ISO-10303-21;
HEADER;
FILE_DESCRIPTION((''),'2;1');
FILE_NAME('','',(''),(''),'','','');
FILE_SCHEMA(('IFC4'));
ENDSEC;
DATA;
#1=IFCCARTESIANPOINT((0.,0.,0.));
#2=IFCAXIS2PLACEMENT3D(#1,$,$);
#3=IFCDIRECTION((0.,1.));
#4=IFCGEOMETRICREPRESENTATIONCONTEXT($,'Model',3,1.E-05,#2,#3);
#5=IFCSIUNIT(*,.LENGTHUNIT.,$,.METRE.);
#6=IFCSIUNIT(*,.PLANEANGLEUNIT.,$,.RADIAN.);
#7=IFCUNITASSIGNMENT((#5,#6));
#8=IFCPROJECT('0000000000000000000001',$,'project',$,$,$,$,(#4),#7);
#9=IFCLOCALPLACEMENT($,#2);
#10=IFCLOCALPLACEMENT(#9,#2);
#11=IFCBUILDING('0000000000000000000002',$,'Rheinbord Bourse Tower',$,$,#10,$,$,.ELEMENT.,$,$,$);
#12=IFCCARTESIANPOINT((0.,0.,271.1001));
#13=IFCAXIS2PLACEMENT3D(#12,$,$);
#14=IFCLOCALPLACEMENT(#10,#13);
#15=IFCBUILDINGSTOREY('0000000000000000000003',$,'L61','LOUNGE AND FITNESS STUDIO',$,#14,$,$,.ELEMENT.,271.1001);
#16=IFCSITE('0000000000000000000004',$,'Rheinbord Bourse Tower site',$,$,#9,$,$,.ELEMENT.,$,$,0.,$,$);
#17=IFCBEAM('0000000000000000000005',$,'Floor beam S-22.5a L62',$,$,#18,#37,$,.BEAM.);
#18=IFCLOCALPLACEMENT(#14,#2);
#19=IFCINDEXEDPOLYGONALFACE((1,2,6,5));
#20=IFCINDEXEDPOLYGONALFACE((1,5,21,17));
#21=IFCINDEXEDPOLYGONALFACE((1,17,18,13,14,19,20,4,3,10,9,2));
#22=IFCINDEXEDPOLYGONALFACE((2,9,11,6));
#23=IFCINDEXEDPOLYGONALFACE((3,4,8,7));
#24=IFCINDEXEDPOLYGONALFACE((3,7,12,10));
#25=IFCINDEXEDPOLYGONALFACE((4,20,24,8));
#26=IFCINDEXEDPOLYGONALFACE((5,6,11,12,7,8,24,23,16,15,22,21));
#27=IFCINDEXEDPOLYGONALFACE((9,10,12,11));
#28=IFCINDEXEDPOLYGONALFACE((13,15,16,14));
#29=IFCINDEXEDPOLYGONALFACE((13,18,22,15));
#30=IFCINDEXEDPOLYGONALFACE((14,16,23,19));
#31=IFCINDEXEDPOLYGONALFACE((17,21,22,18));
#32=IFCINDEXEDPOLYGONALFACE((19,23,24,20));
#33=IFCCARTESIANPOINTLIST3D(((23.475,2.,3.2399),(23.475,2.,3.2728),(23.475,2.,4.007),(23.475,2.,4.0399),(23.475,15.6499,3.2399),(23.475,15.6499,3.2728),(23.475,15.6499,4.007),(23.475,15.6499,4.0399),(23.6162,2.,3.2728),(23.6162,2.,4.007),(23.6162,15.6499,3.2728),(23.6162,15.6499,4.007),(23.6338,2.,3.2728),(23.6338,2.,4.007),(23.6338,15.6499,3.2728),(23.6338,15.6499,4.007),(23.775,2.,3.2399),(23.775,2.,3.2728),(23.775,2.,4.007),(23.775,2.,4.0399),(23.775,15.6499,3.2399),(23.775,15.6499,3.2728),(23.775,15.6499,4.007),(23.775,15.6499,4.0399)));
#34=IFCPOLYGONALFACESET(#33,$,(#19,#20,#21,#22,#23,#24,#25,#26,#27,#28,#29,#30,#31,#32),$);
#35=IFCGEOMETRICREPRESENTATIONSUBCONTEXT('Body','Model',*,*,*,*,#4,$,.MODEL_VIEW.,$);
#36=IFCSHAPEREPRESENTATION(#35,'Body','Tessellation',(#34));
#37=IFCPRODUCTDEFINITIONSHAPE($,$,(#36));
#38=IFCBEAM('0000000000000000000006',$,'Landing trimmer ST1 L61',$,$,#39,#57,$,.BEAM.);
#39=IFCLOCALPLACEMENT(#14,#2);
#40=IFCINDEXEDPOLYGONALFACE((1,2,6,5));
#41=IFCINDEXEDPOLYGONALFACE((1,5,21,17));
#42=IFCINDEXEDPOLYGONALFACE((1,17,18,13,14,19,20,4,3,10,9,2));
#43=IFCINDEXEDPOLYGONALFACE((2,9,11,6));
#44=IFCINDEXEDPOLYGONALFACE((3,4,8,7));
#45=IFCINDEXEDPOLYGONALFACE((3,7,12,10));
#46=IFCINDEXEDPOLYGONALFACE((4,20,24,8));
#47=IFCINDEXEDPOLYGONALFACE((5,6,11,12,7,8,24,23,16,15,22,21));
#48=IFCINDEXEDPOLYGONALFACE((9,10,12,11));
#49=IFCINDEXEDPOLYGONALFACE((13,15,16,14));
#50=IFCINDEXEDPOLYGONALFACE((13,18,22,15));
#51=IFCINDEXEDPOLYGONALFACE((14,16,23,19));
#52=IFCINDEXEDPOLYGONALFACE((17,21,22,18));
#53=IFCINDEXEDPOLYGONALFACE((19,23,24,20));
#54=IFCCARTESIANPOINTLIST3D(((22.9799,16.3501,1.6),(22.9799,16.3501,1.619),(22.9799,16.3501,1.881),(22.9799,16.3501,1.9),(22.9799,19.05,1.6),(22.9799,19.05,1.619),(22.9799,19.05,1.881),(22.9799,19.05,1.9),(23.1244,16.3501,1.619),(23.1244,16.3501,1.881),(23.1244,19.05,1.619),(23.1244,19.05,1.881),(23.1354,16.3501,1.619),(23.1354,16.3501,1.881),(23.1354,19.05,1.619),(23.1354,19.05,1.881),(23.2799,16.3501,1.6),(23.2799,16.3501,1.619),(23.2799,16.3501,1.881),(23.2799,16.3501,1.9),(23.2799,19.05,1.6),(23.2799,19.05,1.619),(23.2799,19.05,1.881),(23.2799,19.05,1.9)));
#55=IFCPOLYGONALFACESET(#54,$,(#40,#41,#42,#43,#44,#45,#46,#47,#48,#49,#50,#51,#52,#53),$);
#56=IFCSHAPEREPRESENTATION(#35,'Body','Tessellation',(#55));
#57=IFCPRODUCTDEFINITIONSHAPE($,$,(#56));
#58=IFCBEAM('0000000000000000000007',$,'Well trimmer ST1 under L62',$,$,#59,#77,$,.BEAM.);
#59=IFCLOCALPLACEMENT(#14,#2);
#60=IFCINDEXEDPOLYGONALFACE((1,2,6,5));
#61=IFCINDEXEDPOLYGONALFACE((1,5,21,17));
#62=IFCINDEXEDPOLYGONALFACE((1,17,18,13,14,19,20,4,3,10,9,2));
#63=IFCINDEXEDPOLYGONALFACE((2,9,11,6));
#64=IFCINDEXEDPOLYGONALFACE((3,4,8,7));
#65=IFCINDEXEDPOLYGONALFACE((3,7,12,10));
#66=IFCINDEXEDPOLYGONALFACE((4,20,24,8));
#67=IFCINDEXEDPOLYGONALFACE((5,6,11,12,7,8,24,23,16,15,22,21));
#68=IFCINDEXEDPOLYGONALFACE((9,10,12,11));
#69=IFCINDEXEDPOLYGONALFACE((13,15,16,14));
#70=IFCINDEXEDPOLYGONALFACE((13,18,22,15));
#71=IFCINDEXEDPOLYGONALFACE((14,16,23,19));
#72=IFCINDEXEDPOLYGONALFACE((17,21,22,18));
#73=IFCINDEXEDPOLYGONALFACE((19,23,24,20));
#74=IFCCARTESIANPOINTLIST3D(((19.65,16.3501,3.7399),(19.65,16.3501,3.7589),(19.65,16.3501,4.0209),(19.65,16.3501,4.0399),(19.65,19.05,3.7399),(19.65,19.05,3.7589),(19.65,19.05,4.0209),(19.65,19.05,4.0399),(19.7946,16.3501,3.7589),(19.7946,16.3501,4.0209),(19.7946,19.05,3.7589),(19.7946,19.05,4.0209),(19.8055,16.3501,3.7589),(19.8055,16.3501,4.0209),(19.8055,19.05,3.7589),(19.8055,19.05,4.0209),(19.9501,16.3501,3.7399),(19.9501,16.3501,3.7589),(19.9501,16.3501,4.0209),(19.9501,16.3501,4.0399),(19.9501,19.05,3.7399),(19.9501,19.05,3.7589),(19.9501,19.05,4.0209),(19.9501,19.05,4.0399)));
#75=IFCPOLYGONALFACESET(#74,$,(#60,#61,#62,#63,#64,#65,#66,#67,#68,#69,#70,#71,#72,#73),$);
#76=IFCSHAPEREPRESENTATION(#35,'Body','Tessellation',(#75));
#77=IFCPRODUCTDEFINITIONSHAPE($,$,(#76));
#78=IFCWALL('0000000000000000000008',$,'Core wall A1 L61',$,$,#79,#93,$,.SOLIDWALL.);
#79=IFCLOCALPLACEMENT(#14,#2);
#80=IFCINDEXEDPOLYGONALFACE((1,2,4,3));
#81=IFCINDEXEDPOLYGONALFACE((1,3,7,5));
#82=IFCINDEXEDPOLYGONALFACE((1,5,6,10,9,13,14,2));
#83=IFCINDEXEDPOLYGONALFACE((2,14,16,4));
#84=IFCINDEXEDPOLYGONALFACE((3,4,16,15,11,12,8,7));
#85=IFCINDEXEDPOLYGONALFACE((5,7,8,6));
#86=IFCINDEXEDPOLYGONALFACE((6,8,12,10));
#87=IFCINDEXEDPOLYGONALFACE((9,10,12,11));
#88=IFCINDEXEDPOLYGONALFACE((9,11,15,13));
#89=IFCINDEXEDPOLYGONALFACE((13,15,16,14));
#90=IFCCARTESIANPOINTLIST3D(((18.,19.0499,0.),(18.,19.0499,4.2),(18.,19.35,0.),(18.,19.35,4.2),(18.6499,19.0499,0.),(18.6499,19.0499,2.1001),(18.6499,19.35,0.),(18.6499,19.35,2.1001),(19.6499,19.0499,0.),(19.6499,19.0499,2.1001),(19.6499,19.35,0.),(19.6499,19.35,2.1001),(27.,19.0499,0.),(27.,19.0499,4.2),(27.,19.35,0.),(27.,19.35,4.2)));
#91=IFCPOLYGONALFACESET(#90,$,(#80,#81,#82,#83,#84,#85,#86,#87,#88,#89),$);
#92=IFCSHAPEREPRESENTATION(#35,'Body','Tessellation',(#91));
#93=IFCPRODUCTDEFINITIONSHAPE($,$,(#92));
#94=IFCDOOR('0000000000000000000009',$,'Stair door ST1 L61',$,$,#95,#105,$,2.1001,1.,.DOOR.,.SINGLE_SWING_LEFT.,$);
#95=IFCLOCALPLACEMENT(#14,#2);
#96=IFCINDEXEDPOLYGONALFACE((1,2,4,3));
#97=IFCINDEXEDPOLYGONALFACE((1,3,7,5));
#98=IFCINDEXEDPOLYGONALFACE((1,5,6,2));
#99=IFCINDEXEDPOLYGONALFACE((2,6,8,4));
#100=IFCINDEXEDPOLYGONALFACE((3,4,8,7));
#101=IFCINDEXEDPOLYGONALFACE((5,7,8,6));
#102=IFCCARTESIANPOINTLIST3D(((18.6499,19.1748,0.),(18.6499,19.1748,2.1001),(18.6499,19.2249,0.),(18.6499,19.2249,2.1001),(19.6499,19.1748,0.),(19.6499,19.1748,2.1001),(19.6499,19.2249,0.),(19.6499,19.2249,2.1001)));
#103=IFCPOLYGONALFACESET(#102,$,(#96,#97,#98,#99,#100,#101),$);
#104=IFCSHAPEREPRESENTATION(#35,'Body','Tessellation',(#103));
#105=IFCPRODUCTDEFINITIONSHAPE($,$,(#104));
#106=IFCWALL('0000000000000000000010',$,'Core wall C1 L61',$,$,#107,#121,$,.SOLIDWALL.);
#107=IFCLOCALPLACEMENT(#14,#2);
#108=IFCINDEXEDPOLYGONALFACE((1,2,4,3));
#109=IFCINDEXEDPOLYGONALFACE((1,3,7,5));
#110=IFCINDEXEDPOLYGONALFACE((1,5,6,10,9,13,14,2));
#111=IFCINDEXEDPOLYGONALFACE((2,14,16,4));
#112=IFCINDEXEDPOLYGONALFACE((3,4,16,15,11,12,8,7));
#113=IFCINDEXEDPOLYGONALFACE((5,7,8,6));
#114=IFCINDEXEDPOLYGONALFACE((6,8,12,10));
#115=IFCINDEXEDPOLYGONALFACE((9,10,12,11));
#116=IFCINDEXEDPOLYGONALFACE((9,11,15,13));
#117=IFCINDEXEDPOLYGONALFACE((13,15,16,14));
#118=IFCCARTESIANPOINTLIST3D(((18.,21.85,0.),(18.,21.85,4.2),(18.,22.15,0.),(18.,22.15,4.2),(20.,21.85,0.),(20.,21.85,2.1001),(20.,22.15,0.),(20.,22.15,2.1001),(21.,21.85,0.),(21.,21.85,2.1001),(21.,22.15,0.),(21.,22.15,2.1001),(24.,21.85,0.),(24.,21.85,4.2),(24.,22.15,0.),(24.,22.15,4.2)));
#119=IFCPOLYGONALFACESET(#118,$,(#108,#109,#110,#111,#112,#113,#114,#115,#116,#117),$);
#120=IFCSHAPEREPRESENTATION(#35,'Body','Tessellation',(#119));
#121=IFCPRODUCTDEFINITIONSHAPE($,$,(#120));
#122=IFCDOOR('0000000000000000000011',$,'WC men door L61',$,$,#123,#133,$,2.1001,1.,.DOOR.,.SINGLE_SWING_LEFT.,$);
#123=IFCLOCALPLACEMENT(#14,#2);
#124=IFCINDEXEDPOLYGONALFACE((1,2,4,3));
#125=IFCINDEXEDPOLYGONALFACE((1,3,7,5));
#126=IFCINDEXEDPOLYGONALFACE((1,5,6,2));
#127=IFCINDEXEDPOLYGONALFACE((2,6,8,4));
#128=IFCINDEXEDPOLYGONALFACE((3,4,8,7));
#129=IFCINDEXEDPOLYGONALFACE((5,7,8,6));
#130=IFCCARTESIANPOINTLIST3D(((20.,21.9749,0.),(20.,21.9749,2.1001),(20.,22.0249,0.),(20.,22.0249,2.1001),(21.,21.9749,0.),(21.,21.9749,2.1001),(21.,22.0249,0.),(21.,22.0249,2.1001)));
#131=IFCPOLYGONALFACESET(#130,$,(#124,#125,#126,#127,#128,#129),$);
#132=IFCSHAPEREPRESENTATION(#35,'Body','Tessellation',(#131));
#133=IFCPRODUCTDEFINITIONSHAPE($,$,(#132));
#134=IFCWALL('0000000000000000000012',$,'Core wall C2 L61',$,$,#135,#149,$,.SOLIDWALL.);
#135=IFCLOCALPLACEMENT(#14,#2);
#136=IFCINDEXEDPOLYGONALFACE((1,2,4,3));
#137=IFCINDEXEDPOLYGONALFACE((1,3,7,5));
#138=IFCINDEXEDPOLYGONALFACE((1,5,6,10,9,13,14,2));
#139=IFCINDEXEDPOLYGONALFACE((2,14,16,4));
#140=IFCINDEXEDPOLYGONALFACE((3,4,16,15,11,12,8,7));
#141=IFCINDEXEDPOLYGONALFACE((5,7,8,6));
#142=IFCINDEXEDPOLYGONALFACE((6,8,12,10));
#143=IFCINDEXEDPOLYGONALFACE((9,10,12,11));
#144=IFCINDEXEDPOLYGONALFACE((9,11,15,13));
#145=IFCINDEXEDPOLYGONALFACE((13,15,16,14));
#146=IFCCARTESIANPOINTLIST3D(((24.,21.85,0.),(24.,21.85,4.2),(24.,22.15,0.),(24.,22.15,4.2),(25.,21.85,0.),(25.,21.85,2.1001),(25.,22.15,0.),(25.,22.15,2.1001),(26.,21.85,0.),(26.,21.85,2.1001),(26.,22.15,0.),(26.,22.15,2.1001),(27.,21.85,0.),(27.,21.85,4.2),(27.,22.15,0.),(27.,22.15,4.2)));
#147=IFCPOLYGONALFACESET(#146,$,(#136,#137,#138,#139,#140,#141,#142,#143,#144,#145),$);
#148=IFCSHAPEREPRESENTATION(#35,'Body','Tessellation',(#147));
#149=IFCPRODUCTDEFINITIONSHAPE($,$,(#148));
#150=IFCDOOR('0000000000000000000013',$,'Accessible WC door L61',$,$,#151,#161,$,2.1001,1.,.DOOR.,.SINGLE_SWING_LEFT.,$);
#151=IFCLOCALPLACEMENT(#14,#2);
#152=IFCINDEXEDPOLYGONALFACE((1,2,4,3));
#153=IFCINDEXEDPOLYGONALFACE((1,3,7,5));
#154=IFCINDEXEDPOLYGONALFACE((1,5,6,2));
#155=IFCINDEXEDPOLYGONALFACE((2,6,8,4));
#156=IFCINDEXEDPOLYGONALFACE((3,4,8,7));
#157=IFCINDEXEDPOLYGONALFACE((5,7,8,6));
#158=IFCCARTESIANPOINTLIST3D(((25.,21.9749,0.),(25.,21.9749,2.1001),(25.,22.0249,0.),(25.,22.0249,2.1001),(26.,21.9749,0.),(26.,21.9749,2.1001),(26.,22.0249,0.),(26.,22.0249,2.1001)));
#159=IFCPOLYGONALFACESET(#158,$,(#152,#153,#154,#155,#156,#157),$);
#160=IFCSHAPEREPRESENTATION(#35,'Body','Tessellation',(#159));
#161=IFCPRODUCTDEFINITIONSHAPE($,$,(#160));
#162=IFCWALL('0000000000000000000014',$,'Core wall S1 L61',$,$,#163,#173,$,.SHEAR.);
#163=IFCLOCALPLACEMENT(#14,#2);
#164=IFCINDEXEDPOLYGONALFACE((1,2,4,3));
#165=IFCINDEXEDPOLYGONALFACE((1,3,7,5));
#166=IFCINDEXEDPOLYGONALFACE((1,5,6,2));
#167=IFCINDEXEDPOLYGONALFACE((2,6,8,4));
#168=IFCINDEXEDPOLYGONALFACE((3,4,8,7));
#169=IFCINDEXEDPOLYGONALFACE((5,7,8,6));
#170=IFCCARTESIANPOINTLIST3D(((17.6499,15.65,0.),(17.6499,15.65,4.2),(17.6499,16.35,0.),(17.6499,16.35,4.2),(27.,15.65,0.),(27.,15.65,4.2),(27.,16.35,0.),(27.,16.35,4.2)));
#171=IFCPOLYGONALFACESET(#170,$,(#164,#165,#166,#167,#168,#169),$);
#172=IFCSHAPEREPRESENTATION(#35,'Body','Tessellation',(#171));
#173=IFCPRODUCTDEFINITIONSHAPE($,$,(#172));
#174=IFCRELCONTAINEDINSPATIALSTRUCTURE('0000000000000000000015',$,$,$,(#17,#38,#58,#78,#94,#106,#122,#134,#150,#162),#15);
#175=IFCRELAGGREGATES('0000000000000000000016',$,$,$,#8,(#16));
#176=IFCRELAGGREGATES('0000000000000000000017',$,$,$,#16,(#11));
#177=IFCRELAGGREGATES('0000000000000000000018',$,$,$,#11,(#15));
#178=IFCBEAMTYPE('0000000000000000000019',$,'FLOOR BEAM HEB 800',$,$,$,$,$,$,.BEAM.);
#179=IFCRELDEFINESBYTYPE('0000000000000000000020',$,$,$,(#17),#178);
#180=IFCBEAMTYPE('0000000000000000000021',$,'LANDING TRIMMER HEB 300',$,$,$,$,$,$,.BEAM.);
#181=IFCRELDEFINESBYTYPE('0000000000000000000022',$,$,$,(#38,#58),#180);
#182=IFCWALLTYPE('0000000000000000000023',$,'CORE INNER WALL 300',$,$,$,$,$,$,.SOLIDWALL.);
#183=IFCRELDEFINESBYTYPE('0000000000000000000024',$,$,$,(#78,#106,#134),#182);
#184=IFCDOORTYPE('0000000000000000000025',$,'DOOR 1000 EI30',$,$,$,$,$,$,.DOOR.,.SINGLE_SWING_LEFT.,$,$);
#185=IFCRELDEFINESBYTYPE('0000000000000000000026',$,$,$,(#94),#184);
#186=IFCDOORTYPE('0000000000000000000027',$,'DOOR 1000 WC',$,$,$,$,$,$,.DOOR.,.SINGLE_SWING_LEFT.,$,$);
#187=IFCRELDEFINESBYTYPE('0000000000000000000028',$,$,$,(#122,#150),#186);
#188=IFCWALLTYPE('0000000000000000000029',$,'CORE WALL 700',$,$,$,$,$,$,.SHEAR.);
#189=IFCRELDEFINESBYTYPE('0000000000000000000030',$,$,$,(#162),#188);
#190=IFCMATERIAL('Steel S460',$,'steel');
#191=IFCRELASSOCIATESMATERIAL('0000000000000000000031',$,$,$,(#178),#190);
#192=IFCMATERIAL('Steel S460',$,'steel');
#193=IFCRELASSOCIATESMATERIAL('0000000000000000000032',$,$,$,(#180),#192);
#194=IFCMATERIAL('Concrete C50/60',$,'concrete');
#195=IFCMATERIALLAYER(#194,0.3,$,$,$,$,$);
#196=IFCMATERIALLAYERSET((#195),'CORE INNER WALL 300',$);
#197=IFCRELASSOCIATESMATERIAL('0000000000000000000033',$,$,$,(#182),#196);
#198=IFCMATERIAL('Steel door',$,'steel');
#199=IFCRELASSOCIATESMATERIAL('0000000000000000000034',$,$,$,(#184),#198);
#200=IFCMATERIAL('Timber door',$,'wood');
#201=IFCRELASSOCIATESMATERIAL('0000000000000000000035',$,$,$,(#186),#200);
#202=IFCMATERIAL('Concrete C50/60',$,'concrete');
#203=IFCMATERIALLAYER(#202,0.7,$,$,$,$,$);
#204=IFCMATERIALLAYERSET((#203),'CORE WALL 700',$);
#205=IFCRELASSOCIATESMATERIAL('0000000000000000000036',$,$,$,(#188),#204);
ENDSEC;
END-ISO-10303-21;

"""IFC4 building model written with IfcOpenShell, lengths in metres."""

from ifc_helpers import new_model, si_unit, direction, frame, frame_2d, origin, origin_2d, place, context, subcontext, project, spatial, rectangle, i_section, extrude, material, layer, layer_set, material_profile, profile_set, type_object, element, fill, save


model = new_model("IFC4")

# Units and contexts
model_context = context("Model", 3, precision=1e-05, world=origin(), true_north=direction((0.0, 1.0)))
body_context = subcontext(model_context, "Body", "Model", "MODEL_VIEW")
ifc_project = project(units=[si_unit("LENGTHUNIT", "METRE"), si_unit("PLANEANGLEUNIT", "RADIAN")], contexts=[model_context])

# Site, building, storey
site_placement = place(None, origin())
site = spatial("IfcSite", under=ifc_project, at=site_placement, Name="Rheinbord Bourse Tower site", CompositionType="ELEMENT", RefElevation=0.0)
building_placement = place(site_placement, origin())
building = spatial("IfcBuilding", under=site, at=building_placement, Name="Rheinbord Bourse Tower", CompositionType="ELEMENT")
storey_placement = place(building_placement, frame((0.0, 0.0, 271.1001)))
storey = spatial("IfcBuildingStorey", under=building, at=storey_placement, Name="L61", Description="LOUNGE AND FITNESS STUDIO", CompositionType="ELEMENT", Elevation=271.1001)

# Beams
ifc_material_1 = material(Name="Steel S460", Category="steel")
ifc_material_profile_1 = material_profile(ifc_material_1, i_section(OverallWidth=0.3, OverallDepth=0.8, WebThickness=0.0176, FlangeThickness=0.033, at=origin_2d()), Name="HEB 800")
ifc_profile_set_1 = profile_set([ifc_material_profile_1], Name="Steel S460")
beam_type_1 = type_object("IfcBeamType", Name="FLOOR BEAM HEB 800", PredefinedType="BEAM", material=ifc_profile_set_1)
beam_placement = place(storey_placement, frame((23.625, 2.0, 3.6399), z_axis=(0.0, 1.0, 0.0), x_axis=(-1.0, 0.0, 0.0)))
element("IfcBeam", 1, at=beam_placement, inside=storey, type_object=beam_type_1, Name="Floor beam S-22.5a L62", PredefinedType="BEAM", context=body_context, shape_type="SweptSolid", body=[
    extrude(i_section(OverallWidth=0.3, OverallDepth=0.8, WebThickness=0.0176, FlangeThickness=0.033, at=origin_2d()), origin(), (0.0, 0.0, 1.0), 13.6499),
])
ifc_material_2 = material(Name="Steel S460", Category="steel")
ifc_material_profile_2 = material_profile(ifc_material_2, i_section(OverallWidth=0.3, OverallDepth=0.3, WebThickness=0.011, FlangeThickness=0.019, at=origin_2d()), Name="HEB 300")
ifc_profile_set_2 = profile_set([ifc_material_profile_2], Name="Steel S460")
beam_type_2 = type_object("IfcBeamType", Name="LANDING TRIMMER HEB 300", PredefinedType="BEAM", material=ifc_profile_set_2)
for number, where, z_axis, x_axis, name in (
    (2, (23.1299, 16.3501, 1.75), (0.0, 1.0, 0.0), (-1.0, 0.0, 0.0), "Landing trimmer ST1 L61"),
    (3, (19.8, 16.3501, 3.8899), (0.0, 1.0, 0.0), (-1.0, 0.0, 0.0), "Well trimmer ST1 under L62"),
):
    element("IfcBeam", number, at=place(storey_placement, frame(where, z_axis=z_axis, x_axis=x_axis)), inside=storey, type_object=beam_type_2, Name=name, PredefinedType="BEAM", context=body_context, shape_type="SweptSolid", body=[
        extrude(i_section(OverallWidth=0.3, OverallDepth=0.3, WebThickness=0.011, FlangeThickness=0.019, at=origin_2d()), origin(), (0.0, 0.0, 1.0), 2.7),
    ])

# Walls, openings, doors
ifc_material_3 = material(Name="Concrete C50/60", Category="concrete")
ifc_layer_1 = layer(ifc_material_3, 0.3)
ifc_layer_set_1 = layer_set([ifc_layer_1], Name="CORE INNER WALL 300")
wall_type_1 = type_object("IfcWallType", Name="CORE INNER WALL 300", PredefinedType="SOLIDWALL", material=ifc_layer_set_1)
wall_1_placement = place(storey_placement, frame((18.0, 19.2, 0.0), z_axis=(0.0, 0.0, 1.0), x_axis=(1.0, 0.0, 0.0)))
wall_1 = element("IfcWall", 4, at=wall_1_placement, inside=storey, type_object=wall_type_1, Name="Core wall A1 L61", PredefinedType="SOLIDWALL", context=body_context, shape_type="SweptSolid", body=[
    extrude(rectangle(XDim=9.0, YDim=0.3, at=frame_2d((4.5, 0.0))), origin(), (0.0, 0.0, 1.0), 4.2),
])
opening_1_placement = place(wall_1_placement, frame((0.6499, 0.0, 0.0)))
opening_1 = element("IfcOpeningElement", 5, at=opening_1_placement, cuts=wall_1, PredefinedType="OPENING", context=body_context, shape_type="SweptSolid", body=[
    extrude(rectangle(XDim=1.0, YDim=2.1001, at=frame_2d((0.5, 1.05))), frame((0.0, 0.1599, 0.0), z_axis=(0.0, -1.0, 0.0), x_axis=(1.0, 0.0, 0.0)), (0.0, 0.0, 1.0), 0.3201),
])
ifc_material_4 = material(Name="Steel door", Category="steel")
door_type_1 = type_object("IfcDoorType", Name="DOOR 1000 EI30", OperationType="SINGLE_SWING_LEFT", PredefinedType="DOOR", material=ifc_material_4)
door_1_placement = place(opening_1_placement, origin())
door_1 = element("IfcDoor", 6, at=door_1_placement, inside=storey, type_object=door_type_1, Name="Stair door ST1 L61", OperationType="SINGLE_SWING_LEFT", OverallHeight=2.1001, OverallWidth=1.0, PredefinedType="DOOR", context=body_context, shape_type="SweptSolid", body=[
    extrude(rectangle(XDim=1.0, YDim=2.1001, at=frame_2d((0.5, 1.05))), frame((0.0, 0.0249, 0.0), z_axis=(0.0, -1.0, 0.0), x_axis=(1.0, 0.0, 0.0)), (0.0, 0.0, 1.0), 0.05),
])
fill(opening_1, door_1)
wall_2_placement = place(storey_placement, frame((18.0, 22.0, 0.0), z_axis=(0.0, 0.0, 1.0), x_axis=(1.0, 0.0, 0.0)))
wall_2 = element("IfcWall", 7, at=wall_2_placement, inside=storey, type_object=wall_type_1, Name="Core wall C1 L61", PredefinedType="SOLIDWALL", context=body_context, shape_type="SweptSolid", body=[
    extrude(rectangle(XDim=6.0, YDim=0.3, at=frame_2d((3.0, 0.0))), origin(), (0.0, 0.0, 1.0), 4.2),
])
opening_2_placement = place(wall_2_placement, frame((2.0, 0.0, 0.0)))
opening_2 = element("IfcOpeningElement", 8, at=opening_2_placement, cuts=wall_2, PredefinedType="OPENING", context=body_context, shape_type="SweptSolid", body=[
    extrude(rectangle(XDim=1.0, YDim=2.1001, at=frame_2d((0.5, 1.05))), frame((0.0, 0.1599, 0.0), z_axis=(0.0, -1.0, 0.0), x_axis=(1.0, 0.0, 0.0)), (0.0, 0.0, 1.0), 0.3201),
])
ifc_material_5 = material(Name="Timber door", Category="wood")
door_type_2 = type_object("IfcDoorType", Name="DOOR 1000 WC", OperationType="SINGLE_SWING_LEFT", PredefinedType="DOOR", material=ifc_material_5)
door_2_placement = place(opening_2_placement, origin())
door_2 = element("IfcDoor", 9, at=door_2_placement, inside=storey, type_object=door_type_2, Name="WC men door L61", OperationType="SINGLE_SWING_LEFT", OverallHeight=2.1001, OverallWidth=1.0, PredefinedType="DOOR", context=body_context, shape_type="SweptSolid", body=[
    extrude(rectangle(XDim=1.0, YDim=2.1001, at=frame_2d((0.5, 1.05))), frame((0.0, 0.0249, 0.0), z_axis=(0.0, -1.0, 0.0), x_axis=(1.0, 0.0, 0.0)), (0.0, 0.0, 1.0), 0.05),
])
fill(opening_2, door_2)
wall_3_placement = place(storey_placement, frame((24.0, 22.0, 0.0), z_axis=(0.0, 0.0, 1.0), x_axis=(1.0, 0.0, 0.0)))
wall_3 = element("IfcWall", 10, at=wall_3_placement, inside=storey, type_object=wall_type_1, Name="Core wall C2 L61", PredefinedType="SOLIDWALL", context=body_context, shape_type="SweptSolid", body=[
    extrude(rectangle(XDim=3.0, YDim=0.3, at=frame_2d((1.5, 0.0))), origin(), (0.0, 0.0, 1.0), 4.2),
])
opening_3_placement = place(wall_3_placement, frame((1.0, 0.0, 0.0)))
opening_3 = element("IfcOpeningElement", 11, at=opening_3_placement, cuts=wall_3, PredefinedType="OPENING", context=body_context, shape_type="SweptSolid", body=[
    extrude(rectangle(XDim=1.0, YDim=2.1001, at=frame_2d((0.5, 1.05))), frame((0.0, 0.1599, 0.0), z_axis=(0.0, -1.0, 0.0), x_axis=(1.0, 0.0, 0.0)), (0.0, 0.0, 1.0), 0.3201),
])
door_3_placement = place(opening_3_placement, origin())
door_3 = element("IfcDoor", 12, at=door_3_placement, inside=storey, type_object=door_type_2, Name="Accessible WC door L61", OperationType="SINGLE_SWING_LEFT", OverallHeight=2.1001, OverallWidth=1.0, PredefinedType="DOOR", context=body_context, shape_type="SweptSolid", body=[
    extrude(rectangle(XDim=1.0, YDim=2.1001, at=frame_2d((0.5, 1.05))), frame((0.0, 0.0249, 0.0), z_axis=(0.0, -1.0, 0.0), x_axis=(1.0, 0.0, 0.0)), (0.0, 0.0, 1.0), 0.05),
])
fill(opening_3, door_3)

# Wall
ifc_material_6 = material(Name="Concrete C50/60", Category="concrete")
ifc_layer_2 = layer(ifc_material_6, 0.7)
ifc_layer_set_2 = layer_set([ifc_layer_2], Name="CORE WALL 700")
wall_type_2 = type_object("IfcWallType", Name="CORE WALL 700", PredefinedType="SHEAR", material=ifc_layer_set_2)
wall_4_placement = place(storey_placement, frame((17.6499, 16.0, 0.0), z_axis=(0.0, 0.0, 1.0), x_axis=(1.0, 0.0, 0.0)))
element("IfcWall", 13, at=wall_4_placement, inside=storey, type_object=wall_type_2, Name="Core wall S1 L61", PredefinedType="SHEAR", context=body_context, shape_type="SweptSolid", body=[
    extrude(rectangle(XDim=9.3501, YDim=0.7, at=frame_2d((4.675, 0.0))), origin(), (0.0, 0.0, 1.0), 4.2),
])

save(model, "model.ifc")
